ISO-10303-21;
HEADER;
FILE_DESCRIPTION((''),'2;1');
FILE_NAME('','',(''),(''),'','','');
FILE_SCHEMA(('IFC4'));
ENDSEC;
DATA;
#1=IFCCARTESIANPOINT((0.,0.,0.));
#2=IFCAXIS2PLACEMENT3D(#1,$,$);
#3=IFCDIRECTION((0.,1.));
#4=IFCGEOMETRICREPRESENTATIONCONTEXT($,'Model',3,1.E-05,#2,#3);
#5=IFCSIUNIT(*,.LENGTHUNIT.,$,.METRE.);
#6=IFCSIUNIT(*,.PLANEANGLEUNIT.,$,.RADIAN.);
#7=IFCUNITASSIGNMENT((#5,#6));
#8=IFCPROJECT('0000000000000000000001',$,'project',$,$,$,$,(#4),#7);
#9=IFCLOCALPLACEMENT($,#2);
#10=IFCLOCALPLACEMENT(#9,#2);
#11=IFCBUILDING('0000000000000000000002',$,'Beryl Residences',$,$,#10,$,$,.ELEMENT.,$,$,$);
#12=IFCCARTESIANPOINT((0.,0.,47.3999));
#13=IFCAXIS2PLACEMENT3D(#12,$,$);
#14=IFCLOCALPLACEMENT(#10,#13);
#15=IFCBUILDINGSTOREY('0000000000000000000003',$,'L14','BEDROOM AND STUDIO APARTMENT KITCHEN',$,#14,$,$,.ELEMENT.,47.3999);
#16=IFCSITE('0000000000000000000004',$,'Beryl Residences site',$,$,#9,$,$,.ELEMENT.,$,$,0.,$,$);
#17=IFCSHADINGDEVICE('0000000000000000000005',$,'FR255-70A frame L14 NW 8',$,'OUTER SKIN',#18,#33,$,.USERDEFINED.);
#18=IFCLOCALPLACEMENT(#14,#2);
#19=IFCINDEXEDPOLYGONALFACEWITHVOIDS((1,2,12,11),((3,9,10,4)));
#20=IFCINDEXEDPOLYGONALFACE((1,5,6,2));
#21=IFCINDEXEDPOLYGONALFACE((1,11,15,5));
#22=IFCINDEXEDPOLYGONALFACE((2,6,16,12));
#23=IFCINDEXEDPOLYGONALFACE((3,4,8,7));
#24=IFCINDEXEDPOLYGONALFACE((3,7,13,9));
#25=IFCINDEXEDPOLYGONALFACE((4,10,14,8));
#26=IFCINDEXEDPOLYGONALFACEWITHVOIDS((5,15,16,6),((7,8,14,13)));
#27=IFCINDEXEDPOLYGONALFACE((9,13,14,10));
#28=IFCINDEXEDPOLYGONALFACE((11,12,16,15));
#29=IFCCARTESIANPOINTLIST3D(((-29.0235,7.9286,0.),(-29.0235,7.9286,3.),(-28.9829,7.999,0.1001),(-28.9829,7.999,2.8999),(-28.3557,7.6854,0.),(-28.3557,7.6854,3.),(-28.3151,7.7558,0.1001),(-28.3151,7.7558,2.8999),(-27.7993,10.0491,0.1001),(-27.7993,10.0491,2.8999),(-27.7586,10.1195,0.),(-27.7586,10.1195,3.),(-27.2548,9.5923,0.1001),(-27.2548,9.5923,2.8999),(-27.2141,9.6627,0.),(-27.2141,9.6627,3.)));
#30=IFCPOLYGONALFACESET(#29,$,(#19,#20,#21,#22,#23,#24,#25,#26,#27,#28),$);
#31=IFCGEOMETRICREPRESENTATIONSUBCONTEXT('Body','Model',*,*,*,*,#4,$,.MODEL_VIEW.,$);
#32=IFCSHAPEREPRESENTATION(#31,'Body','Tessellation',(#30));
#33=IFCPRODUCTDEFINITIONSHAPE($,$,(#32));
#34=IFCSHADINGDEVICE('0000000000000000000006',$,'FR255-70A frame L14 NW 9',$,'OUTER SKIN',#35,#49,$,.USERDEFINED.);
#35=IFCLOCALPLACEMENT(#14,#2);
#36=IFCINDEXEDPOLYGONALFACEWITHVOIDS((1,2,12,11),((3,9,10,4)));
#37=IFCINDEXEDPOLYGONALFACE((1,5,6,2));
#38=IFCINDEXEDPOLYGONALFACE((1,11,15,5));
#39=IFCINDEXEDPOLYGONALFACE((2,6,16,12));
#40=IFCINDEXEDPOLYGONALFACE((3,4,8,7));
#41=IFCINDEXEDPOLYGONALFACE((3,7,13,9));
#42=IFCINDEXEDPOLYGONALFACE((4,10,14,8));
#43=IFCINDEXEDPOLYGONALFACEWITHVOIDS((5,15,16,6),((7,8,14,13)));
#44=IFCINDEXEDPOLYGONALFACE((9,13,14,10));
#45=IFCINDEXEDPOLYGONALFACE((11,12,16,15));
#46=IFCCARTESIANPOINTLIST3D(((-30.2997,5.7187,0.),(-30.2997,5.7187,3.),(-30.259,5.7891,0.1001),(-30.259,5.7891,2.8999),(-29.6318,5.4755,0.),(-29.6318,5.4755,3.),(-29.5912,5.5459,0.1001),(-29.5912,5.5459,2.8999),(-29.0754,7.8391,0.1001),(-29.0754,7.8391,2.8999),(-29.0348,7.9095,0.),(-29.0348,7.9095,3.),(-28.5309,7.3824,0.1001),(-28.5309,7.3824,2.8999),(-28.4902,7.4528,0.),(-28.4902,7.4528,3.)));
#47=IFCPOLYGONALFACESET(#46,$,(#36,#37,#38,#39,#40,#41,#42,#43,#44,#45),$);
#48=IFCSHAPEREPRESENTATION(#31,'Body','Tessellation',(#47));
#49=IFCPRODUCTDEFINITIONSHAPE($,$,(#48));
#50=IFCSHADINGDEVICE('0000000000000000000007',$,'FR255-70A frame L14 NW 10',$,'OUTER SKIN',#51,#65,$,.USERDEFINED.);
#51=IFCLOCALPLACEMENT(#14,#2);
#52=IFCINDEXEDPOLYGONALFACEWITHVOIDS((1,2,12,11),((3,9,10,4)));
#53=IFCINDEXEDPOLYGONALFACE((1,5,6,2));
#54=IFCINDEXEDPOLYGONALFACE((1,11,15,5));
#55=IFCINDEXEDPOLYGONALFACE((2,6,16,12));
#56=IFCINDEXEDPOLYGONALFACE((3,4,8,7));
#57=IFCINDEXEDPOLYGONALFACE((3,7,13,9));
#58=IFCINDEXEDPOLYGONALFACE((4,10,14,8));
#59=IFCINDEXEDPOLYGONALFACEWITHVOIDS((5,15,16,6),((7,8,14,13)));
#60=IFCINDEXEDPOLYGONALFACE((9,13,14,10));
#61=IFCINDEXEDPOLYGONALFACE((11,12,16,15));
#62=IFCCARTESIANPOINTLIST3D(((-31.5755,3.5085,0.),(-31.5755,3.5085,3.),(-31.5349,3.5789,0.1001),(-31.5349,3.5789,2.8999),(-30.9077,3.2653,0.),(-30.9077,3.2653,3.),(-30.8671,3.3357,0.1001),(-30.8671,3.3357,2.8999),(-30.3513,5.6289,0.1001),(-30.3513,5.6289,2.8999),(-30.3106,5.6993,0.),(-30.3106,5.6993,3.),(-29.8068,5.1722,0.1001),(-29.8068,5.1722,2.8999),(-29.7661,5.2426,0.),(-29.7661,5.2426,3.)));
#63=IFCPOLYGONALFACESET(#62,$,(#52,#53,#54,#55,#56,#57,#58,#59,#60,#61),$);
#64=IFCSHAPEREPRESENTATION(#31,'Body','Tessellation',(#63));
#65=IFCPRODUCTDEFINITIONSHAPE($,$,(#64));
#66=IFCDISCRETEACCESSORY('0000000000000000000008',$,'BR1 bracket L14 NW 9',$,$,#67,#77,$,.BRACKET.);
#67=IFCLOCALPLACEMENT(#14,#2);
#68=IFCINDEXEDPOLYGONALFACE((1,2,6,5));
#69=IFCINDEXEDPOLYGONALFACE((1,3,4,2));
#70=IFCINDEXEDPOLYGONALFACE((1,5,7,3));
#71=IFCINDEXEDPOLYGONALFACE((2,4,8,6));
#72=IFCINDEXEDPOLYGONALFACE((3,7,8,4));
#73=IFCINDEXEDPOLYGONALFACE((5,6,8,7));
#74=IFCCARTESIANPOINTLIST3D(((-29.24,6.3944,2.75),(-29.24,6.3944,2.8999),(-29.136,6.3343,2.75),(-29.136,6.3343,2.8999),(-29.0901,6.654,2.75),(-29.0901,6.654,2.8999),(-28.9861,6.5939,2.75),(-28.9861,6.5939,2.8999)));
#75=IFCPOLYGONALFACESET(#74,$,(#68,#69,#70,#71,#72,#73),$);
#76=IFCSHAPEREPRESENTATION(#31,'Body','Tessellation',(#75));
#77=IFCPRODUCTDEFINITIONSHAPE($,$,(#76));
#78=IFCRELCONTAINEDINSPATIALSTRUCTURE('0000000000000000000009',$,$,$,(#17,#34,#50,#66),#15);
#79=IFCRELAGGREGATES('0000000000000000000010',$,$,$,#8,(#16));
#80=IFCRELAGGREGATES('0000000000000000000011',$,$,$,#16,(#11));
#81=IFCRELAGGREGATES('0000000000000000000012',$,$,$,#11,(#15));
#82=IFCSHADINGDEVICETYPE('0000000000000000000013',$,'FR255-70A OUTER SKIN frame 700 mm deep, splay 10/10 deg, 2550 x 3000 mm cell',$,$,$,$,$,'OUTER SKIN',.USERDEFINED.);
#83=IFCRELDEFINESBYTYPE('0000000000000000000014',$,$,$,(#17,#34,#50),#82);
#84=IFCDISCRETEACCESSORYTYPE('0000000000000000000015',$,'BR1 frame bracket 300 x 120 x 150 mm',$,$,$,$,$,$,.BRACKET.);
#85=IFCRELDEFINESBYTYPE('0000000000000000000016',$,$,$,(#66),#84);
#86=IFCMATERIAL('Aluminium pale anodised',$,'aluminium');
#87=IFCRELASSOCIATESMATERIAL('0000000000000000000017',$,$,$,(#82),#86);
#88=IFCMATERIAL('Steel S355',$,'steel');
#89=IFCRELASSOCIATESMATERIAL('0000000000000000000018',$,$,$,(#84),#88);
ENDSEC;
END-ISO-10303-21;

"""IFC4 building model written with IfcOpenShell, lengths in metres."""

from ifc_helpers import new_model, entity, si_unit, direction, frame, origin, place, context, subcontext, project, spatial, polyline, outline, extrude, source, transform, mapped, material, type_object, type_shapes, element, save


model = new_model("IFC4")

# Units and contexts
model_context = context("Model", 3, precision=1e-05, world=origin(), true_north=direction((0.0, 1.0)))
body_context = subcontext(model_context, "Body", "Model", "MODEL_VIEW")
ifc_project = project(units=[si_unit("LENGTHUNIT", "METRE"), si_unit("PLANEANGLEUNIT", "RADIAN")], contexts=[model_context])

# Site, building, storey
site_placement = place(None, origin())
site = spatial("IfcSite", under=ifc_project, at=site_placement, Name="Beryl Residences site", CompositionType="ELEMENT", RefElevation=0.0)
building_placement = place(site_placement, origin())
building = spatial("IfcBuilding", under=site, at=building_placement, Name="Beryl Residences", CompositionType="ELEMENT")
storey_placement = place(building_placement, frame((0.0, 0.0, 47.3999)))
storey = spatial("IfcBuildingStorey", under=building, at=storey_placement, Name="L14", Description="BEDROOM AND STUDIO APARTMENT KITCHEN", CompositionType="ELEMENT", Elevation=47.3999)

# Shading devices
ifc_material_1 = material(Name="Aluminium pale anodised", Category="aluminium")
shading_device_type = type_object("IfcShadingDeviceType", Name="FR255-70A OUTER SKIN frame 700 mm deep, splay 10/10 deg, 2550 x 3000 mm cell", ElementType="OUTER SKIN", PredefinedType="USERDEFINED", material=ifc_material_1)
cartesian_point_1 = entity("IfcCartesianPoint", [-1.1416, 0.0])
cartesian_point_2 = entity("IfcCartesianPoint", [-1.0603, 0.1001])
cartesian_point_3 = entity("IfcCartesianPoint", [-1.2649, 0.0])
cartesian_point_4 = entity("IfcCartesianPoint", [-1.1836, 0.1001])
shared_shape_1 = source(origin(), body_context, "Body", "SweptSolid", [
    entity("IfcExtrudedAreaSolidTapered", entity("IfcArbitraryProfileDefWithVoids", "AREA", None, entity("IfcPolyline", [cartesian_point_1, entity("IfcCartesianPoint", [1.1416, 0.0]), entity("IfcCartesianPoint", [1.1416, 3.0]), entity("IfcCartesianPoint", [-1.1416, 3.0]), cartesian_point_1]), [entity("IfcPolyline", [cartesian_point_2, entity("IfcCartesianPoint", [1.0603, 0.1001]), entity("IfcCartesianPoint", [1.0603, 2.8999]), entity("IfcCartesianPoint", [-1.0603, 2.8999]), cartesian_point_2])]), entity("IfcAxis2Placement3D", entity("IfcCartesianPoint", [0.0, 0.0, 0.0]), entity("IfcDirection", [0.0, 1.0, 0.0]), entity("IfcDirection", [-1.0, 0.0, 0.0])), entity("IfcDirection", [0.0, 0.0, 1.0]), 0.7, entity("IfcArbitraryProfileDefWithVoids", "AREA", None, entity("IfcPolyline", [cartesian_point_3, entity("IfcCartesianPoint", [1.2649, 0.0]), entity("IfcCartesianPoint", [1.2649, 3.0]), entity("IfcCartesianPoint", [-1.2649, 3.0]), cartesian_point_3]), [entity("IfcPolyline", [cartesian_point_4, entity("IfcCartesianPoint", [1.1836, 0.1001]), entity("IfcCartesianPoint", [1.1836, 2.8999]), entity("IfcCartesianPoint", [-1.1836, 2.8999]), cartesian_point_4])])),
])
type_shapes(shading_device_type, [shared_shape_1])
for number, where, z_axis, x_axis, name in (
    (1, (-27.7849, 8.6741, 0.0), (0.0, 0.0, 1.0), (0.5, 0.866025, 0.0), "FR255-70A frame L14 NW 8"),
    (2, (-29.061, 6.4641, 0.0), (0.0, 0.0, 1.0), (0.5, 0.866025, 0.0), "FR255-70A frame L14 NW 9"),
    (3, (-30.3369, 4.2539, 0.0), (0.0, 0.0, 1.0), (0.5, 0.866025, 0.0), "FR255-70A frame L14 NW 10"),
):
    element("IfcShadingDevice", number, at=place(storey_placement, frame(where, z_axis=z_axis, x_axis=x_axis)), inside=storey, type_object=shading_device_type, Name=name, ObjectType="OUTER SKIN", PredefinedType="USERDEFINED", context=body_context, shape_type="MappedRepresentation", body=[
        mapped(shared_shape_1, transform((0.0, 0.0, 0.0))),
    ])

# Discrete accessory
ifc_material_2 = material(Name="Steel S355", Category="steel")
discrete_accessory_type = type_object("IfcDiscreteAccessoryType", Name="BR1 frame bracket 300 x 120 x 150 mm", PredefinedType="BRACKET", material=ifc_material_2)
shared_shape_2 = source(origin(), body_context, "Body", "SweptSolid", [
    extrude(outline(polyline([(-0.1499, 0.0), (0.1499, 0.0), (0.1499, 0.1201), (-0.1499, 0.1201), (-0.1499, 0.0)])), origin(), (0.0, 0.0, 1.0), 0.1499),
])
type_shapes(discrete_accessory_type, [shared_shape_2])
discrete_accessory_placement = place(storey_placement, frame((-29.061, 6.4641, 2.75), z_axis=(0.0, 0.0, 1.0), x_axis=(0.5, 0.866025, 0.0)))
element("IfcDiscreteAccessory", 4, at=discrete_accessory_placement, inside=storey, type_object=discrete_accessory_type, Name="BR1 bracket L14 NW 9", PredefinedType="BRACKET", context=body_context, shape_type="MappedRepresentation", body=[
    mapped(shared_shape_2, transform((0.0, 0.0, 0.0))),
])

save(model, "model.ifc")
